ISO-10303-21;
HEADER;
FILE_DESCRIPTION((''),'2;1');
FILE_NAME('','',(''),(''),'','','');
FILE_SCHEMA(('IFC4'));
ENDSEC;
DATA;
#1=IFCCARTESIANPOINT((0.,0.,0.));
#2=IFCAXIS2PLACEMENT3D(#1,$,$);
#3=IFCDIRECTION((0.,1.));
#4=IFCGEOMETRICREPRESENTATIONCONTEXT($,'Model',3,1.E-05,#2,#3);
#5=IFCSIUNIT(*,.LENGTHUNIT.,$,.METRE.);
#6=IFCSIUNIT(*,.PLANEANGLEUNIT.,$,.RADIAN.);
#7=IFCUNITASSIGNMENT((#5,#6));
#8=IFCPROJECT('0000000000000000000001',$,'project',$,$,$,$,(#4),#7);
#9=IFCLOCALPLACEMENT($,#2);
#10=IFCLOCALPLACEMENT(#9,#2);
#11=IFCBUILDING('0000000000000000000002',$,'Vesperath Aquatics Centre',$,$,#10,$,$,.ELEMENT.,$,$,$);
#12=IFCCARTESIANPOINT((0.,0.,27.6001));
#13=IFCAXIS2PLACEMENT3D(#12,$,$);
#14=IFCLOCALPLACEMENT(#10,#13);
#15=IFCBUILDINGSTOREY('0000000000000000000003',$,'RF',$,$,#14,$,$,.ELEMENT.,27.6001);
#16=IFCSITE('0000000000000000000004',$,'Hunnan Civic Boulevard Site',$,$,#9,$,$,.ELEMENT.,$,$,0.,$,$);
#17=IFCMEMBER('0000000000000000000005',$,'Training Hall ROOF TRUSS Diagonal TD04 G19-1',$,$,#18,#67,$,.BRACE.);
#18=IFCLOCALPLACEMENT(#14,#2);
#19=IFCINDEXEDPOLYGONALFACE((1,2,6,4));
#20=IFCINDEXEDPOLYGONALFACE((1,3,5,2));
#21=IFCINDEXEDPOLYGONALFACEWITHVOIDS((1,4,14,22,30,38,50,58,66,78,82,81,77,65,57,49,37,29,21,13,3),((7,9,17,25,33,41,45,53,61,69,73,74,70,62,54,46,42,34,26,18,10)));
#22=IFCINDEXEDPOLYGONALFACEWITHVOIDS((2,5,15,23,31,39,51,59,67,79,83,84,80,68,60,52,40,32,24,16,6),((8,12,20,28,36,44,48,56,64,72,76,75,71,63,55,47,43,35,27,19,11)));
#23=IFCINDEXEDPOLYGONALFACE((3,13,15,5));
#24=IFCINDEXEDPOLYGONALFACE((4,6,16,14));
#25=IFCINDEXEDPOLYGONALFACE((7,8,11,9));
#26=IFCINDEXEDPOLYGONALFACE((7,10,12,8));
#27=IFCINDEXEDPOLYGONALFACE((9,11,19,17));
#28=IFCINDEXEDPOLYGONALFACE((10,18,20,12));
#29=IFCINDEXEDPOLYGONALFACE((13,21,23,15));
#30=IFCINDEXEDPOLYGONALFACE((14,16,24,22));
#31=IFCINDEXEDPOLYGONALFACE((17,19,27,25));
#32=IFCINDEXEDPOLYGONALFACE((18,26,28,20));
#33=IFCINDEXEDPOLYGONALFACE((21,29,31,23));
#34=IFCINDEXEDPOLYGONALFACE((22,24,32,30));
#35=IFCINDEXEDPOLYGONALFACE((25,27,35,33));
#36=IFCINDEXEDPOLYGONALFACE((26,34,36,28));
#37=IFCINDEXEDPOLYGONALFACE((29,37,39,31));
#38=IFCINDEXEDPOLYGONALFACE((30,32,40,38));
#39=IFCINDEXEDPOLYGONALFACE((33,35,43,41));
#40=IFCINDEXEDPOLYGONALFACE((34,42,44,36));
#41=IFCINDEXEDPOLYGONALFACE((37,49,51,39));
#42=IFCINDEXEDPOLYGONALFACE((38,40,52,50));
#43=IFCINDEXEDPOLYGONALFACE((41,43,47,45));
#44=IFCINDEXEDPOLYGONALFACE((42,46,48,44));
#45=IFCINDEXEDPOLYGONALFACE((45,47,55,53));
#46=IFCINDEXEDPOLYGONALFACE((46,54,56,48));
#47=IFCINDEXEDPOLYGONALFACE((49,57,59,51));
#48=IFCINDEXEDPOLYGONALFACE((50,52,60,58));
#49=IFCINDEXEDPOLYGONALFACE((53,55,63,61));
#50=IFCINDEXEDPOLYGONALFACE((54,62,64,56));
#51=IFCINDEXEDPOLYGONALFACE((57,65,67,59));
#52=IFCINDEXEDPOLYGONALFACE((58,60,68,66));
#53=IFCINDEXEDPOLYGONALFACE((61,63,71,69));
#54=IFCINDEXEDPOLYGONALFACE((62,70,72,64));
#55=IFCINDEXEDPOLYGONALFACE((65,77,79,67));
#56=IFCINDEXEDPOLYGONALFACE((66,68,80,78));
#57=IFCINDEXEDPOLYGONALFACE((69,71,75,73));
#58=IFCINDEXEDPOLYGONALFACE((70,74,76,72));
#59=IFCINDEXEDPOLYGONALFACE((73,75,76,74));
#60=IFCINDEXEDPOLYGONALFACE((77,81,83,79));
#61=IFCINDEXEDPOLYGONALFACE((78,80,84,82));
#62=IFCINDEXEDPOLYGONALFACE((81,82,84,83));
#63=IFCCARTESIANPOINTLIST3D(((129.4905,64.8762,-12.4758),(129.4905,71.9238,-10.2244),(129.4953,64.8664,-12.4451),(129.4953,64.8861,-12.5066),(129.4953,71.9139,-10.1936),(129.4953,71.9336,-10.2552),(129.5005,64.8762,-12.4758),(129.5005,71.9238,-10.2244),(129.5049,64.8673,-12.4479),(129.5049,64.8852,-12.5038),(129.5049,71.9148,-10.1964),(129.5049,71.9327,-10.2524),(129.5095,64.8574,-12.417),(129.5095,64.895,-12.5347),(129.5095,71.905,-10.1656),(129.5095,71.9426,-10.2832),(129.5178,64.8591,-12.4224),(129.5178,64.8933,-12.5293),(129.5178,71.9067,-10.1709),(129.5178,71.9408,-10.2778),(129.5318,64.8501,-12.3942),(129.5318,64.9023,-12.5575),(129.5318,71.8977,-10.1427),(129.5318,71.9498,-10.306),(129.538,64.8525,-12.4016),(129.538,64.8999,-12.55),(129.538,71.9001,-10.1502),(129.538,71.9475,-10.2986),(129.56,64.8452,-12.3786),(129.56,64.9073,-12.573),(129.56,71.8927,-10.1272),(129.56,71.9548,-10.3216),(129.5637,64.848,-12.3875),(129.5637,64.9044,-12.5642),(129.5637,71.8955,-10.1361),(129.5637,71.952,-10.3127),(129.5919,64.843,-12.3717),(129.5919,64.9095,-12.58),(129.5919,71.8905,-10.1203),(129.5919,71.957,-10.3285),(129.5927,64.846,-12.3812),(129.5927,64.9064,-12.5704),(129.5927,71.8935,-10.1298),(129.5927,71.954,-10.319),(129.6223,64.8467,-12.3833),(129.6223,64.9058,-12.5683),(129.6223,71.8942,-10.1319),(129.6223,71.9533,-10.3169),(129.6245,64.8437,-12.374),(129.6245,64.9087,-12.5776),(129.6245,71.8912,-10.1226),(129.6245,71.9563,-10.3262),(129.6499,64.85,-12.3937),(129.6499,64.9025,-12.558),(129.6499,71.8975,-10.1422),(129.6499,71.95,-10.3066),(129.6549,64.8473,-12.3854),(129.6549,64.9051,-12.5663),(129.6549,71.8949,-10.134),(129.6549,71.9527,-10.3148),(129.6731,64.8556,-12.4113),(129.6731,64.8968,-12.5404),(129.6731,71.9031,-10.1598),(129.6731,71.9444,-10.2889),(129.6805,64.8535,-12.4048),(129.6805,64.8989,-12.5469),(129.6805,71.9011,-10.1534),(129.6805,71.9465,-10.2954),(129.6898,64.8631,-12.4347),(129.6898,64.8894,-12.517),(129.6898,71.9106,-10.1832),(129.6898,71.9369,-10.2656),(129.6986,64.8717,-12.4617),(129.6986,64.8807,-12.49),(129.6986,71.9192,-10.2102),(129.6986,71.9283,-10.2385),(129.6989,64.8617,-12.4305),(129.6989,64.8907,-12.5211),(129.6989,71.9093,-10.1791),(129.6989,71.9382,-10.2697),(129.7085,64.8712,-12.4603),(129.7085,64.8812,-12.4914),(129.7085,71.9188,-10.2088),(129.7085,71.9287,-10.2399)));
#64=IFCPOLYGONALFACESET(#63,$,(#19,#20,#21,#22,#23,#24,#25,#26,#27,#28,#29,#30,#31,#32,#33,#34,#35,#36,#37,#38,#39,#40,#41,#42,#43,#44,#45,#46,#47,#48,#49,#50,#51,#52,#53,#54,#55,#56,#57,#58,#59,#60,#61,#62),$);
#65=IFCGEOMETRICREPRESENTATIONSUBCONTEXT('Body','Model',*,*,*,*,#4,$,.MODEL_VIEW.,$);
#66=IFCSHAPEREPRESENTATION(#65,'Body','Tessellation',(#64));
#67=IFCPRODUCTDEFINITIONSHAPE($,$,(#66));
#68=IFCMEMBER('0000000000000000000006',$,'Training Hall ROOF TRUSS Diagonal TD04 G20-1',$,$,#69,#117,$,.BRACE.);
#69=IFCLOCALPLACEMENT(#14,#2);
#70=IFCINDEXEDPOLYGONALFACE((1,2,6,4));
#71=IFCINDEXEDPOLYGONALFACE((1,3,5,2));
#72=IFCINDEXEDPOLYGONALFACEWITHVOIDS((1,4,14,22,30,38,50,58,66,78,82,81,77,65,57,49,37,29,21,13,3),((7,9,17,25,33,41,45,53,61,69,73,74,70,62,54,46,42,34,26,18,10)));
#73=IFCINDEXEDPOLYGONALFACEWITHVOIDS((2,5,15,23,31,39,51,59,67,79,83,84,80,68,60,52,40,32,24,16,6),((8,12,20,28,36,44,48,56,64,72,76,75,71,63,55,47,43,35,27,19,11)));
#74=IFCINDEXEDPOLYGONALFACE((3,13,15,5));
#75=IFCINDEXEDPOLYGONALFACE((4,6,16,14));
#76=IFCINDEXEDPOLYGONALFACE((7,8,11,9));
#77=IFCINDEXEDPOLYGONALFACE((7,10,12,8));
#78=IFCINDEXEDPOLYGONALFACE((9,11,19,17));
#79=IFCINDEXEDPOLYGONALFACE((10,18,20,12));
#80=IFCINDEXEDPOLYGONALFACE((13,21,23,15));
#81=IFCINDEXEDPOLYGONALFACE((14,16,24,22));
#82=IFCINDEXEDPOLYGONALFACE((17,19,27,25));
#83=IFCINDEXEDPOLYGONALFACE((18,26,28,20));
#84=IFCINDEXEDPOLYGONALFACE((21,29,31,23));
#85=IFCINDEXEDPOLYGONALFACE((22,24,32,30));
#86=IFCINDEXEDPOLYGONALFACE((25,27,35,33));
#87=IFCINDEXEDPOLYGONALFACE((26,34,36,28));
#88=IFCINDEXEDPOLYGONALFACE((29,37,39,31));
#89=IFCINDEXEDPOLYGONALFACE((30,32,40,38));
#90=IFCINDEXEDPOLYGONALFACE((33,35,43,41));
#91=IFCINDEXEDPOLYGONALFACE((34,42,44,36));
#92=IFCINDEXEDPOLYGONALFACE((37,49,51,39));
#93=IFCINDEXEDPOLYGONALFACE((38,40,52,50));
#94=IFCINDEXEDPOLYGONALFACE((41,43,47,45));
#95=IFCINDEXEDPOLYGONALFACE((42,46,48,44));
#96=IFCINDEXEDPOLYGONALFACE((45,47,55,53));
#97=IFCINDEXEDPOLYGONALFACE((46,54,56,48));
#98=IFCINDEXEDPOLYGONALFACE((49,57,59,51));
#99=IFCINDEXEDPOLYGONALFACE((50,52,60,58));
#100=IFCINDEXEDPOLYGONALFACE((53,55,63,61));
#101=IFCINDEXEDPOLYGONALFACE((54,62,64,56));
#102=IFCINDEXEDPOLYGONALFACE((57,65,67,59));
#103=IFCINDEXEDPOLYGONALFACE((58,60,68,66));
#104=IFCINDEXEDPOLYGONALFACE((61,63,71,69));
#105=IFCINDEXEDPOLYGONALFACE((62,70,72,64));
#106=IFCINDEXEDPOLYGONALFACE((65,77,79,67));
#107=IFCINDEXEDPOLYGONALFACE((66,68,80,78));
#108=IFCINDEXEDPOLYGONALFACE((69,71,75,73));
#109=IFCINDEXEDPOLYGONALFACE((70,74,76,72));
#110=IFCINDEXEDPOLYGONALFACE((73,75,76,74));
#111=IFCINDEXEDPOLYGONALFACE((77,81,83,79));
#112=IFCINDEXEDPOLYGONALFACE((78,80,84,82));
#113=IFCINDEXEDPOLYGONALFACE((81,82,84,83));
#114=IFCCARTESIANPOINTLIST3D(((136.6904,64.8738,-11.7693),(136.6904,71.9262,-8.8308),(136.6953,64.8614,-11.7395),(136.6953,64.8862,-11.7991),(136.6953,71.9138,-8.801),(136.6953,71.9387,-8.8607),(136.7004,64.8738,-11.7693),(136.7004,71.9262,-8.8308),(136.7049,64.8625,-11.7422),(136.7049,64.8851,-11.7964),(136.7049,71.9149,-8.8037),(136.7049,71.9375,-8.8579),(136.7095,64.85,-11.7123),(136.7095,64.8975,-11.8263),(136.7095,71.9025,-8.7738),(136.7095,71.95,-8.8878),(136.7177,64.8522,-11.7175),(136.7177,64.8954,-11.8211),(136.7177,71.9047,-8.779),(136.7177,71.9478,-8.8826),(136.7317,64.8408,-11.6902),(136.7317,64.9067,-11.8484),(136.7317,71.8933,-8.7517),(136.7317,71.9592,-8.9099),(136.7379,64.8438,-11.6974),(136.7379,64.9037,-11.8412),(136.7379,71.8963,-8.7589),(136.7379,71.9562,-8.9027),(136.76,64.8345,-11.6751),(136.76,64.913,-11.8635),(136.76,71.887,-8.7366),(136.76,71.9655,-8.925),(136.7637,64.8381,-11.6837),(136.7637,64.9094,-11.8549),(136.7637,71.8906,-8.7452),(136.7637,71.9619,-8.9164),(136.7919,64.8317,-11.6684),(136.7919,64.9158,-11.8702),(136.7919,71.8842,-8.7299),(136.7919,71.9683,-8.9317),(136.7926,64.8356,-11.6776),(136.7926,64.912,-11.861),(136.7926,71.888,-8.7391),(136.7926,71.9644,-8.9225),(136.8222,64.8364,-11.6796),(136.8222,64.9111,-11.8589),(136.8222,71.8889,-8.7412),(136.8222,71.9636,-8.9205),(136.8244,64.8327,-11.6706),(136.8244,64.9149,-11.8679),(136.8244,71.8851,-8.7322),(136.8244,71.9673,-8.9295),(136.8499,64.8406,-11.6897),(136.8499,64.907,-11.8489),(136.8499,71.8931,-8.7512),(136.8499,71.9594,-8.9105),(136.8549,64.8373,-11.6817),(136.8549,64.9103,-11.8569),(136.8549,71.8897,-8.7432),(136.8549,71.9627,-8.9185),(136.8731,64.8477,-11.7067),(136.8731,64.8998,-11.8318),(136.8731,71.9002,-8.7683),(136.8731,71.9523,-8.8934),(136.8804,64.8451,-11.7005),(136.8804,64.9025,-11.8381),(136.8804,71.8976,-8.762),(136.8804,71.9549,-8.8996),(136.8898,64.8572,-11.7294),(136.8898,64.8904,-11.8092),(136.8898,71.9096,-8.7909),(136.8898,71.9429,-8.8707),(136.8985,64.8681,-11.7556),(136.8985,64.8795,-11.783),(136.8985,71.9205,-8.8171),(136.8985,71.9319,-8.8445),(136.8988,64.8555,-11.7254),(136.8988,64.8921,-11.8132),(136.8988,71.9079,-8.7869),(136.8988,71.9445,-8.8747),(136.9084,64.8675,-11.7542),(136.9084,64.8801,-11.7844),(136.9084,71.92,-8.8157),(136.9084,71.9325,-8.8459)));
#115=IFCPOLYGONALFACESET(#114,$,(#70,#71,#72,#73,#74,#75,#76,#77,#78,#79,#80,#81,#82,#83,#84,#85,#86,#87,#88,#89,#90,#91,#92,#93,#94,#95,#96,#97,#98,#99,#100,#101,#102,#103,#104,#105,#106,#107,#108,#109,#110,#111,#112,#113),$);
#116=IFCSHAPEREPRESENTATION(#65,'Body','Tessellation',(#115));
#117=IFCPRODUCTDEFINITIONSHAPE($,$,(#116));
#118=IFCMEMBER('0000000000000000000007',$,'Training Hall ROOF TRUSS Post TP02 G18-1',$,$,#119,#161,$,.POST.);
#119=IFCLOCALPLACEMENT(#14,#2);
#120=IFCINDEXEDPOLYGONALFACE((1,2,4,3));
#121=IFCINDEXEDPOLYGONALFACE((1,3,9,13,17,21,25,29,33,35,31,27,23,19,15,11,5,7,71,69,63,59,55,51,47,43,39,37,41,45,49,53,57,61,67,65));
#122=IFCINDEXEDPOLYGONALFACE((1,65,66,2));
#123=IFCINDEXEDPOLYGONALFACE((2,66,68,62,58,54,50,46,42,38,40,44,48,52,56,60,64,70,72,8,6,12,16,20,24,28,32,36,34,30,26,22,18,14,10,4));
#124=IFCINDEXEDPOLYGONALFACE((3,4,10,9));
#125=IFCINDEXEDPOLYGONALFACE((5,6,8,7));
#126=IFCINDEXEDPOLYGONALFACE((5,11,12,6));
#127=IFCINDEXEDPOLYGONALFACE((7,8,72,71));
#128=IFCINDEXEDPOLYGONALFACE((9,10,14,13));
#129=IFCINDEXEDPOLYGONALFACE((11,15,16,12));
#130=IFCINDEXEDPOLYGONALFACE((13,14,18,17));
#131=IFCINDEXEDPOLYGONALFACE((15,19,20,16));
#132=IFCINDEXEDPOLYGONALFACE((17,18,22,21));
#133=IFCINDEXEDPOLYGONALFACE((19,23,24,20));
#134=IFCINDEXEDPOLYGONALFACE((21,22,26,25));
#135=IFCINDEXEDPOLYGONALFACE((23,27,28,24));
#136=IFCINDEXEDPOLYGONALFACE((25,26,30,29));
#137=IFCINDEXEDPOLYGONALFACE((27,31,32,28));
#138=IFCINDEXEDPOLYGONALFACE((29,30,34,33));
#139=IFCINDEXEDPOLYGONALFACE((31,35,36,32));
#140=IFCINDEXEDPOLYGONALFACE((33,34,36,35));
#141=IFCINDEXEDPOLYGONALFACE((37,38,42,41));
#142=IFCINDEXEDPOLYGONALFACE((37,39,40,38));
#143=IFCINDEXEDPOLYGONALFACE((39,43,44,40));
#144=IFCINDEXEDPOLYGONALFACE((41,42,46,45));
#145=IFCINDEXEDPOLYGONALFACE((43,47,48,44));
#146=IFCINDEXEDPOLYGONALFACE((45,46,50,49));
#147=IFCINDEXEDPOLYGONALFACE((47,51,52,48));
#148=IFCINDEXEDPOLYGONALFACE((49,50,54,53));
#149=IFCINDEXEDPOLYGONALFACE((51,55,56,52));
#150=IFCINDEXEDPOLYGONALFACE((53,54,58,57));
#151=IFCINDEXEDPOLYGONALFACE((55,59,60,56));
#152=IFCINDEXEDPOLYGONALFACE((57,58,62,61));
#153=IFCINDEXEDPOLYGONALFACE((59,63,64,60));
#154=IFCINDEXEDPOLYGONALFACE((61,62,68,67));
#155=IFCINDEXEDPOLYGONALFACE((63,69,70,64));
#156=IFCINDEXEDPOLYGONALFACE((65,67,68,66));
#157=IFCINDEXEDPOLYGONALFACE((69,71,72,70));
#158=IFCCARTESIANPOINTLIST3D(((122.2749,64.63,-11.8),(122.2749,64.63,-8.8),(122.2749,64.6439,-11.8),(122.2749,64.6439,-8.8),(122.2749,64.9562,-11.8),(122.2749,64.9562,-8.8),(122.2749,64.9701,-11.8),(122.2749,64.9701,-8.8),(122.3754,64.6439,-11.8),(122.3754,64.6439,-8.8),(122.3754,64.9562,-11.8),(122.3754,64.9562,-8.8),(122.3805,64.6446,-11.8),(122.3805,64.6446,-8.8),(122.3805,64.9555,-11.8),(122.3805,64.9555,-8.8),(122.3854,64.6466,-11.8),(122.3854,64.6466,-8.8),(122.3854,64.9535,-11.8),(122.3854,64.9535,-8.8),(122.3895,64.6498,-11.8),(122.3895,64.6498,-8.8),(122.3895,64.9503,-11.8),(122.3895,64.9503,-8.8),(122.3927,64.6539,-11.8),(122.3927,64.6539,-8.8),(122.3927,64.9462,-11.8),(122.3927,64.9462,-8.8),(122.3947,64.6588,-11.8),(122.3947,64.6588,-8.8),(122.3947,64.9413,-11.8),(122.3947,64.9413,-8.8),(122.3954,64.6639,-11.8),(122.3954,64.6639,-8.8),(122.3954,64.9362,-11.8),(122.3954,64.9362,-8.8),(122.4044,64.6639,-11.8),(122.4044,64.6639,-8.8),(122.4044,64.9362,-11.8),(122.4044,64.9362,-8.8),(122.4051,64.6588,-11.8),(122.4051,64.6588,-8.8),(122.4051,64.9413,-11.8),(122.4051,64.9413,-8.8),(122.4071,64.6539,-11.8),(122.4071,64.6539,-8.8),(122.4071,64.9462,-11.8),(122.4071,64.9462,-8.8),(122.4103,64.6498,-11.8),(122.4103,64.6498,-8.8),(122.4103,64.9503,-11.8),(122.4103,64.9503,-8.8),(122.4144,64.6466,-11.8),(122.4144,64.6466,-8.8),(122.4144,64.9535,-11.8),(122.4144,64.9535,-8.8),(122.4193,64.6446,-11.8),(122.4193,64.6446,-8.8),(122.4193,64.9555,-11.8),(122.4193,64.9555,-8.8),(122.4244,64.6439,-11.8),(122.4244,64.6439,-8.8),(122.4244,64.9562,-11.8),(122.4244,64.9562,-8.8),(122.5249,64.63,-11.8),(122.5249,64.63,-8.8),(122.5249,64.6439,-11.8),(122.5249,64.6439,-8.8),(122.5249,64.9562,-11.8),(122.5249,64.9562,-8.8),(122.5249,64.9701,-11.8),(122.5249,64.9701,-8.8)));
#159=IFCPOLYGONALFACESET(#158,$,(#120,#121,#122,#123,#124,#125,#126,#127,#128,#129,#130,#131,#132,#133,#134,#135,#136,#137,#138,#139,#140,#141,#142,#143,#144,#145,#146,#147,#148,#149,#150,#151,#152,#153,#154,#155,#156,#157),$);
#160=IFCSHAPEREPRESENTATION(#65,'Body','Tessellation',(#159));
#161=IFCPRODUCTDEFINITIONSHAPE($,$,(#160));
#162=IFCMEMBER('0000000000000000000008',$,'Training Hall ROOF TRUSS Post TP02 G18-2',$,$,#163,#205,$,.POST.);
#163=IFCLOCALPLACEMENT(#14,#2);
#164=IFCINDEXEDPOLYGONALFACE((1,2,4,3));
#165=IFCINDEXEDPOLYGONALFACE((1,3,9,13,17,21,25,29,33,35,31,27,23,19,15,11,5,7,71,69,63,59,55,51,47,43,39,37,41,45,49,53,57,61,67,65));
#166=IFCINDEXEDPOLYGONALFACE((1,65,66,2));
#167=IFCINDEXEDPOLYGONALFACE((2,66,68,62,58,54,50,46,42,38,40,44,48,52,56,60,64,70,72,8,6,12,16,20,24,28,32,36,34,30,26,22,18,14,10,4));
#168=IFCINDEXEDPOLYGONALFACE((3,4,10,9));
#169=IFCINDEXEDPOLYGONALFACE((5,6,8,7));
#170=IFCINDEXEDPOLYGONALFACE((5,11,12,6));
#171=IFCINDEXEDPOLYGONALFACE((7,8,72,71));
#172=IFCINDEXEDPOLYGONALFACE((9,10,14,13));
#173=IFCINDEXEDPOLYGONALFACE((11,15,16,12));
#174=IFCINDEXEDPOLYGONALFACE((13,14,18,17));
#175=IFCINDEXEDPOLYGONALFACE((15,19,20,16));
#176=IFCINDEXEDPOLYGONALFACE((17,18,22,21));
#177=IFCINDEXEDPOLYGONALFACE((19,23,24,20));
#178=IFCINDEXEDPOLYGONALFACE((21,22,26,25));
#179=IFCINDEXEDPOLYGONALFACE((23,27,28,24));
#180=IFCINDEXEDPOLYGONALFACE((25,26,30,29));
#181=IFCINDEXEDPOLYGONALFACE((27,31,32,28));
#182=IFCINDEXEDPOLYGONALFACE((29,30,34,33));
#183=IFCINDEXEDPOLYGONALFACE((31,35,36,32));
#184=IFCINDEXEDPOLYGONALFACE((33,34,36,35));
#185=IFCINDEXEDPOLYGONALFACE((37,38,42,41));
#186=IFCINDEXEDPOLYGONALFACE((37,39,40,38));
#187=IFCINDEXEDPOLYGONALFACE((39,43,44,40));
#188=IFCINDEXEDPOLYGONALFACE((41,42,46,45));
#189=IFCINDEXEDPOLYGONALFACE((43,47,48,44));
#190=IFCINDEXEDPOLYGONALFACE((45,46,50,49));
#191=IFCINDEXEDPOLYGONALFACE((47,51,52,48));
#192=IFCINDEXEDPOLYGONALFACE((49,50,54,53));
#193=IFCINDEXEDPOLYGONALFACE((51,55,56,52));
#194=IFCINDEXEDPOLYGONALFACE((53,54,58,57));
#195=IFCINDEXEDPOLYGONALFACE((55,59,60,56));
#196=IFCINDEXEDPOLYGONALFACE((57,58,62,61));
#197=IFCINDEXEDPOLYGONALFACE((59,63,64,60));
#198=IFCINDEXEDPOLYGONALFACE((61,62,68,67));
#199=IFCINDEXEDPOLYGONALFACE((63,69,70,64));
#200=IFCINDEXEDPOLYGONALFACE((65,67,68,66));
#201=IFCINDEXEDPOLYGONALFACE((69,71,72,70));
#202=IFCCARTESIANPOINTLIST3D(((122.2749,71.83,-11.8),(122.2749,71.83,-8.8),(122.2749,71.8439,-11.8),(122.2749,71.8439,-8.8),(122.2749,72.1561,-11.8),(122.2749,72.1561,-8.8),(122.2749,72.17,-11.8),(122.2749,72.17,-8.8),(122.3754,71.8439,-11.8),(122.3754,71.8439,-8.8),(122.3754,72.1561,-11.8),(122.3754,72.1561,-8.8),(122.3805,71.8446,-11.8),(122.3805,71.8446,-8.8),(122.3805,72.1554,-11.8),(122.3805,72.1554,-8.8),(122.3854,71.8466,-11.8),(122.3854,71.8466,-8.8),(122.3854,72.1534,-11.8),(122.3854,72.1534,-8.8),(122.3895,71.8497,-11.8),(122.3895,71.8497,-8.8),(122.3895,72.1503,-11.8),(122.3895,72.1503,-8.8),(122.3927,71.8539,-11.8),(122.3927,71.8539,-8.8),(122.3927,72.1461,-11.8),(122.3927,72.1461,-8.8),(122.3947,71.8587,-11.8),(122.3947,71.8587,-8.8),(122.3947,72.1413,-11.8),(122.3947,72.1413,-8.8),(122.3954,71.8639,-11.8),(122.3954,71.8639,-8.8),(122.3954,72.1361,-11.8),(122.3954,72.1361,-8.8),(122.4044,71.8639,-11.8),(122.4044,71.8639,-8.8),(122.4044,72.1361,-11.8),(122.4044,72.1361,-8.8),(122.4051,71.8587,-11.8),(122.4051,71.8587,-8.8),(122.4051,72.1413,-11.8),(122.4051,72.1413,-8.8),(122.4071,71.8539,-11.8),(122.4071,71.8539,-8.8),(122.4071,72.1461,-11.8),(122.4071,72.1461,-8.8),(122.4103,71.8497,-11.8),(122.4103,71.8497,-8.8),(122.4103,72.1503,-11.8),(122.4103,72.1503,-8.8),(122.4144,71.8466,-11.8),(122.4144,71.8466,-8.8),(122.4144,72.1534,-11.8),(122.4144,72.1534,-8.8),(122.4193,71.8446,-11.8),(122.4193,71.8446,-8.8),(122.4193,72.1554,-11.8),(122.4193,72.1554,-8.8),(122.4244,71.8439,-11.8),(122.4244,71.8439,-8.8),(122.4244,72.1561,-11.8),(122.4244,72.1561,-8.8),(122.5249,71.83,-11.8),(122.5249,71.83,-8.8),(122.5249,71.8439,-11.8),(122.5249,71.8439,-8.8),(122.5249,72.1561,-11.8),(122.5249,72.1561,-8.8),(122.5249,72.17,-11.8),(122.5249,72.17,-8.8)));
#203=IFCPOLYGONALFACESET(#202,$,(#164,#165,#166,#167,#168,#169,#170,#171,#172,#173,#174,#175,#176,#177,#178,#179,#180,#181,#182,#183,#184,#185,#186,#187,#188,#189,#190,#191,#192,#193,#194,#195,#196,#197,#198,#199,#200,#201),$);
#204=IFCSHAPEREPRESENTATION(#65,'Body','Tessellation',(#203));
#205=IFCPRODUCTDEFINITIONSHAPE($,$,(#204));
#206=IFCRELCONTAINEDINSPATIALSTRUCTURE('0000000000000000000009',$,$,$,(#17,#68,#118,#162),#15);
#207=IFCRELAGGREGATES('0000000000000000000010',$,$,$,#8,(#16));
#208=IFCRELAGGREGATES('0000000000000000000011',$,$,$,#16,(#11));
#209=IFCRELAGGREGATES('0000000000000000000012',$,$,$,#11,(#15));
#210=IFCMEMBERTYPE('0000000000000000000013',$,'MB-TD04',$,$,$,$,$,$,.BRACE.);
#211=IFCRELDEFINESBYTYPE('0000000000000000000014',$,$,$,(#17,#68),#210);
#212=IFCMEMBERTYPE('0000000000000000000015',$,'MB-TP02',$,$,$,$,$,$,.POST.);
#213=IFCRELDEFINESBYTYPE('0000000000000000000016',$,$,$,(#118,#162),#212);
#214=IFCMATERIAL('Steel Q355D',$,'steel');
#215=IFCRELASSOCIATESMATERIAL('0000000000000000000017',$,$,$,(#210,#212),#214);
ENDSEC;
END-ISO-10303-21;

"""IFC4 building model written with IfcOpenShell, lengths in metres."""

from ifc_helpers import new_model, si_unit, direction, frame, origin, origin_2d, place, context, subcontext, project, spatial, hollow_circle, i_section, extrude, material, material_profile, profile_set, type_object, element, save


model = new_model("IFC4")

# Units and contexts
model_context = context("Model", 3, precision=1e-05, world=origin(), true_north=direction((0.0, 1.0)))
body_context = subcontext(model_context, "Body", "Model", "MODEL_VIEW")
ifc_project = project(units=[si_unit("LENGTHUNIT", "METRE"), si_unit("PLANEANGLEUNIT", "RADIAN")], contexts=[model_context])

# Site, building, storey
site_placement = place(None, origin())
site = spatial("IfcSite", under=ifc_project, at=site_placement, Name="Hunnan Civic Boulevard Site", CompositionType="ELEMENT", RefElevation=0.0)
building_placement = place(site_placement, origin())
building = spatial("IfcBuilding", under=site, at=building_placement, Name="Vesperath Aquatics Centre", CompositionType="ELEMENT")
storey_placement = place(building_placement, frame((0.0, 0.0, 27.6001)))
storey = spatial("IfcBuildingStorey", under=building, at=storey_placement, Name="RF", CompositionType="ELEMENT", Elevation=27.6001)

# Members
ifc_material_1 = material(Name="Steel Q355D", Category="steel")
ifc_material_profile_1 = material_profile(ifc_material_1, hollow_circle(Radius=0.1096, WallThickness=0.01, at=origin_2d()), Name="CHS 219.1x10")
ifc_profile_set_1 = profile_set([ifc_material_profile_1], Name="Steel Q355D")
member_type_1 = type_object("IfcMemberType", Name="MB-TD04", PredefinedType="BRACE", material=ifc_profile_set_1)
member_1_placement = place(storey_placement, frame((129.6001, 64.8762, -12.4758), z_axis=(0.0, 0.952572, 0.304314), x_axis=(-1.0, 0.0, 0.0)))
element("IfcMember", 1, at=member_1_placement, inside=storey, type_object=member_type_1, Name="Training Hall ROOF TRUSS Diagonal TD04 G19-1", PredefinedType="BRACE", context=body_context, shape_type="SweptSolid", body=[
    extrude(hollow_circle(Radius=0.1096, WallThickness=0.01, at=origin_2d()), origin(), (0.0, 0.0, 1.0), 7.3984),
])
member_2_placement = place(storey_placement, frame((136.8, 64.8738, -11.7693), z_axis=(0.0, 0.92308, 0.384609), x_axis=(-1.0, 0.0, 0.0)))
element("IfcMember", 2, at=member_2_placement, inside=storey, type_object=member_type_1, Name="Training Hall ROOF TRUSS Diagonal TD04 G20-1", PredefinedType="BRACE", context=body_context, shape_type="SweptSolid", body=[
    extrude(hollow_circle(Radius=0.1096, WallThickness=0.01, at=origin_2d()), origin(), (0.0, 0.0, 1.0), 7.6401),
])
ifc_material_profile_2 = material_profile(ifc_material_1, i_section(OverallWidth=0.25, OverallDepth=0.3401, WebThickness=0.009, FlangeThickness=0.0139, FilletRadius=0.02, at=origin_2d()), Name="HM 340x250x9x14")
ifc_profile_set_2 = profile_set([ifc_material_profile_2], Name="Steel Q355D")
member_type_2 = type_object("IfcMemberType", Name="MB-TP02", PredefinedType="POST", material=ifc_profile_set_2)
for number, where, z_axis, x_axis, name in (
    (3, (122.3999, 64.8, -11.8), (0.0, 0.0, 1.0), (1.0, 0.0, 0.0), "Training Hall ROOF TRUSS Post TP02 G18-1"),
    (4, (122.3999, 72.0, -11.8), (0.0, 0.0, 1.0), (1.0, 0.0, 0.0), "Training Hall ROOF TRUSS Post TP02 G18-2"),
):
    element("IfcMember", number, at=place(storey_placement, frame(where, z_axis=z_axis, x_axis=x_axis)), inside=storey, type_object=member_type_2, Name=name, PredefinedType="POST", context=body_context, shape_type="SweptSolid", body=[
        extrude(i_section(OverallWidth=0.25, OverallDepth=0.3401, WebThickness=0.009, FlangeThickness=0.0139, FilletRadius=0.02, at=origin_2d()), origin(), (0.0, 0.0, 1.0), 3.0),
    ])

save(model, "model.ifc")
